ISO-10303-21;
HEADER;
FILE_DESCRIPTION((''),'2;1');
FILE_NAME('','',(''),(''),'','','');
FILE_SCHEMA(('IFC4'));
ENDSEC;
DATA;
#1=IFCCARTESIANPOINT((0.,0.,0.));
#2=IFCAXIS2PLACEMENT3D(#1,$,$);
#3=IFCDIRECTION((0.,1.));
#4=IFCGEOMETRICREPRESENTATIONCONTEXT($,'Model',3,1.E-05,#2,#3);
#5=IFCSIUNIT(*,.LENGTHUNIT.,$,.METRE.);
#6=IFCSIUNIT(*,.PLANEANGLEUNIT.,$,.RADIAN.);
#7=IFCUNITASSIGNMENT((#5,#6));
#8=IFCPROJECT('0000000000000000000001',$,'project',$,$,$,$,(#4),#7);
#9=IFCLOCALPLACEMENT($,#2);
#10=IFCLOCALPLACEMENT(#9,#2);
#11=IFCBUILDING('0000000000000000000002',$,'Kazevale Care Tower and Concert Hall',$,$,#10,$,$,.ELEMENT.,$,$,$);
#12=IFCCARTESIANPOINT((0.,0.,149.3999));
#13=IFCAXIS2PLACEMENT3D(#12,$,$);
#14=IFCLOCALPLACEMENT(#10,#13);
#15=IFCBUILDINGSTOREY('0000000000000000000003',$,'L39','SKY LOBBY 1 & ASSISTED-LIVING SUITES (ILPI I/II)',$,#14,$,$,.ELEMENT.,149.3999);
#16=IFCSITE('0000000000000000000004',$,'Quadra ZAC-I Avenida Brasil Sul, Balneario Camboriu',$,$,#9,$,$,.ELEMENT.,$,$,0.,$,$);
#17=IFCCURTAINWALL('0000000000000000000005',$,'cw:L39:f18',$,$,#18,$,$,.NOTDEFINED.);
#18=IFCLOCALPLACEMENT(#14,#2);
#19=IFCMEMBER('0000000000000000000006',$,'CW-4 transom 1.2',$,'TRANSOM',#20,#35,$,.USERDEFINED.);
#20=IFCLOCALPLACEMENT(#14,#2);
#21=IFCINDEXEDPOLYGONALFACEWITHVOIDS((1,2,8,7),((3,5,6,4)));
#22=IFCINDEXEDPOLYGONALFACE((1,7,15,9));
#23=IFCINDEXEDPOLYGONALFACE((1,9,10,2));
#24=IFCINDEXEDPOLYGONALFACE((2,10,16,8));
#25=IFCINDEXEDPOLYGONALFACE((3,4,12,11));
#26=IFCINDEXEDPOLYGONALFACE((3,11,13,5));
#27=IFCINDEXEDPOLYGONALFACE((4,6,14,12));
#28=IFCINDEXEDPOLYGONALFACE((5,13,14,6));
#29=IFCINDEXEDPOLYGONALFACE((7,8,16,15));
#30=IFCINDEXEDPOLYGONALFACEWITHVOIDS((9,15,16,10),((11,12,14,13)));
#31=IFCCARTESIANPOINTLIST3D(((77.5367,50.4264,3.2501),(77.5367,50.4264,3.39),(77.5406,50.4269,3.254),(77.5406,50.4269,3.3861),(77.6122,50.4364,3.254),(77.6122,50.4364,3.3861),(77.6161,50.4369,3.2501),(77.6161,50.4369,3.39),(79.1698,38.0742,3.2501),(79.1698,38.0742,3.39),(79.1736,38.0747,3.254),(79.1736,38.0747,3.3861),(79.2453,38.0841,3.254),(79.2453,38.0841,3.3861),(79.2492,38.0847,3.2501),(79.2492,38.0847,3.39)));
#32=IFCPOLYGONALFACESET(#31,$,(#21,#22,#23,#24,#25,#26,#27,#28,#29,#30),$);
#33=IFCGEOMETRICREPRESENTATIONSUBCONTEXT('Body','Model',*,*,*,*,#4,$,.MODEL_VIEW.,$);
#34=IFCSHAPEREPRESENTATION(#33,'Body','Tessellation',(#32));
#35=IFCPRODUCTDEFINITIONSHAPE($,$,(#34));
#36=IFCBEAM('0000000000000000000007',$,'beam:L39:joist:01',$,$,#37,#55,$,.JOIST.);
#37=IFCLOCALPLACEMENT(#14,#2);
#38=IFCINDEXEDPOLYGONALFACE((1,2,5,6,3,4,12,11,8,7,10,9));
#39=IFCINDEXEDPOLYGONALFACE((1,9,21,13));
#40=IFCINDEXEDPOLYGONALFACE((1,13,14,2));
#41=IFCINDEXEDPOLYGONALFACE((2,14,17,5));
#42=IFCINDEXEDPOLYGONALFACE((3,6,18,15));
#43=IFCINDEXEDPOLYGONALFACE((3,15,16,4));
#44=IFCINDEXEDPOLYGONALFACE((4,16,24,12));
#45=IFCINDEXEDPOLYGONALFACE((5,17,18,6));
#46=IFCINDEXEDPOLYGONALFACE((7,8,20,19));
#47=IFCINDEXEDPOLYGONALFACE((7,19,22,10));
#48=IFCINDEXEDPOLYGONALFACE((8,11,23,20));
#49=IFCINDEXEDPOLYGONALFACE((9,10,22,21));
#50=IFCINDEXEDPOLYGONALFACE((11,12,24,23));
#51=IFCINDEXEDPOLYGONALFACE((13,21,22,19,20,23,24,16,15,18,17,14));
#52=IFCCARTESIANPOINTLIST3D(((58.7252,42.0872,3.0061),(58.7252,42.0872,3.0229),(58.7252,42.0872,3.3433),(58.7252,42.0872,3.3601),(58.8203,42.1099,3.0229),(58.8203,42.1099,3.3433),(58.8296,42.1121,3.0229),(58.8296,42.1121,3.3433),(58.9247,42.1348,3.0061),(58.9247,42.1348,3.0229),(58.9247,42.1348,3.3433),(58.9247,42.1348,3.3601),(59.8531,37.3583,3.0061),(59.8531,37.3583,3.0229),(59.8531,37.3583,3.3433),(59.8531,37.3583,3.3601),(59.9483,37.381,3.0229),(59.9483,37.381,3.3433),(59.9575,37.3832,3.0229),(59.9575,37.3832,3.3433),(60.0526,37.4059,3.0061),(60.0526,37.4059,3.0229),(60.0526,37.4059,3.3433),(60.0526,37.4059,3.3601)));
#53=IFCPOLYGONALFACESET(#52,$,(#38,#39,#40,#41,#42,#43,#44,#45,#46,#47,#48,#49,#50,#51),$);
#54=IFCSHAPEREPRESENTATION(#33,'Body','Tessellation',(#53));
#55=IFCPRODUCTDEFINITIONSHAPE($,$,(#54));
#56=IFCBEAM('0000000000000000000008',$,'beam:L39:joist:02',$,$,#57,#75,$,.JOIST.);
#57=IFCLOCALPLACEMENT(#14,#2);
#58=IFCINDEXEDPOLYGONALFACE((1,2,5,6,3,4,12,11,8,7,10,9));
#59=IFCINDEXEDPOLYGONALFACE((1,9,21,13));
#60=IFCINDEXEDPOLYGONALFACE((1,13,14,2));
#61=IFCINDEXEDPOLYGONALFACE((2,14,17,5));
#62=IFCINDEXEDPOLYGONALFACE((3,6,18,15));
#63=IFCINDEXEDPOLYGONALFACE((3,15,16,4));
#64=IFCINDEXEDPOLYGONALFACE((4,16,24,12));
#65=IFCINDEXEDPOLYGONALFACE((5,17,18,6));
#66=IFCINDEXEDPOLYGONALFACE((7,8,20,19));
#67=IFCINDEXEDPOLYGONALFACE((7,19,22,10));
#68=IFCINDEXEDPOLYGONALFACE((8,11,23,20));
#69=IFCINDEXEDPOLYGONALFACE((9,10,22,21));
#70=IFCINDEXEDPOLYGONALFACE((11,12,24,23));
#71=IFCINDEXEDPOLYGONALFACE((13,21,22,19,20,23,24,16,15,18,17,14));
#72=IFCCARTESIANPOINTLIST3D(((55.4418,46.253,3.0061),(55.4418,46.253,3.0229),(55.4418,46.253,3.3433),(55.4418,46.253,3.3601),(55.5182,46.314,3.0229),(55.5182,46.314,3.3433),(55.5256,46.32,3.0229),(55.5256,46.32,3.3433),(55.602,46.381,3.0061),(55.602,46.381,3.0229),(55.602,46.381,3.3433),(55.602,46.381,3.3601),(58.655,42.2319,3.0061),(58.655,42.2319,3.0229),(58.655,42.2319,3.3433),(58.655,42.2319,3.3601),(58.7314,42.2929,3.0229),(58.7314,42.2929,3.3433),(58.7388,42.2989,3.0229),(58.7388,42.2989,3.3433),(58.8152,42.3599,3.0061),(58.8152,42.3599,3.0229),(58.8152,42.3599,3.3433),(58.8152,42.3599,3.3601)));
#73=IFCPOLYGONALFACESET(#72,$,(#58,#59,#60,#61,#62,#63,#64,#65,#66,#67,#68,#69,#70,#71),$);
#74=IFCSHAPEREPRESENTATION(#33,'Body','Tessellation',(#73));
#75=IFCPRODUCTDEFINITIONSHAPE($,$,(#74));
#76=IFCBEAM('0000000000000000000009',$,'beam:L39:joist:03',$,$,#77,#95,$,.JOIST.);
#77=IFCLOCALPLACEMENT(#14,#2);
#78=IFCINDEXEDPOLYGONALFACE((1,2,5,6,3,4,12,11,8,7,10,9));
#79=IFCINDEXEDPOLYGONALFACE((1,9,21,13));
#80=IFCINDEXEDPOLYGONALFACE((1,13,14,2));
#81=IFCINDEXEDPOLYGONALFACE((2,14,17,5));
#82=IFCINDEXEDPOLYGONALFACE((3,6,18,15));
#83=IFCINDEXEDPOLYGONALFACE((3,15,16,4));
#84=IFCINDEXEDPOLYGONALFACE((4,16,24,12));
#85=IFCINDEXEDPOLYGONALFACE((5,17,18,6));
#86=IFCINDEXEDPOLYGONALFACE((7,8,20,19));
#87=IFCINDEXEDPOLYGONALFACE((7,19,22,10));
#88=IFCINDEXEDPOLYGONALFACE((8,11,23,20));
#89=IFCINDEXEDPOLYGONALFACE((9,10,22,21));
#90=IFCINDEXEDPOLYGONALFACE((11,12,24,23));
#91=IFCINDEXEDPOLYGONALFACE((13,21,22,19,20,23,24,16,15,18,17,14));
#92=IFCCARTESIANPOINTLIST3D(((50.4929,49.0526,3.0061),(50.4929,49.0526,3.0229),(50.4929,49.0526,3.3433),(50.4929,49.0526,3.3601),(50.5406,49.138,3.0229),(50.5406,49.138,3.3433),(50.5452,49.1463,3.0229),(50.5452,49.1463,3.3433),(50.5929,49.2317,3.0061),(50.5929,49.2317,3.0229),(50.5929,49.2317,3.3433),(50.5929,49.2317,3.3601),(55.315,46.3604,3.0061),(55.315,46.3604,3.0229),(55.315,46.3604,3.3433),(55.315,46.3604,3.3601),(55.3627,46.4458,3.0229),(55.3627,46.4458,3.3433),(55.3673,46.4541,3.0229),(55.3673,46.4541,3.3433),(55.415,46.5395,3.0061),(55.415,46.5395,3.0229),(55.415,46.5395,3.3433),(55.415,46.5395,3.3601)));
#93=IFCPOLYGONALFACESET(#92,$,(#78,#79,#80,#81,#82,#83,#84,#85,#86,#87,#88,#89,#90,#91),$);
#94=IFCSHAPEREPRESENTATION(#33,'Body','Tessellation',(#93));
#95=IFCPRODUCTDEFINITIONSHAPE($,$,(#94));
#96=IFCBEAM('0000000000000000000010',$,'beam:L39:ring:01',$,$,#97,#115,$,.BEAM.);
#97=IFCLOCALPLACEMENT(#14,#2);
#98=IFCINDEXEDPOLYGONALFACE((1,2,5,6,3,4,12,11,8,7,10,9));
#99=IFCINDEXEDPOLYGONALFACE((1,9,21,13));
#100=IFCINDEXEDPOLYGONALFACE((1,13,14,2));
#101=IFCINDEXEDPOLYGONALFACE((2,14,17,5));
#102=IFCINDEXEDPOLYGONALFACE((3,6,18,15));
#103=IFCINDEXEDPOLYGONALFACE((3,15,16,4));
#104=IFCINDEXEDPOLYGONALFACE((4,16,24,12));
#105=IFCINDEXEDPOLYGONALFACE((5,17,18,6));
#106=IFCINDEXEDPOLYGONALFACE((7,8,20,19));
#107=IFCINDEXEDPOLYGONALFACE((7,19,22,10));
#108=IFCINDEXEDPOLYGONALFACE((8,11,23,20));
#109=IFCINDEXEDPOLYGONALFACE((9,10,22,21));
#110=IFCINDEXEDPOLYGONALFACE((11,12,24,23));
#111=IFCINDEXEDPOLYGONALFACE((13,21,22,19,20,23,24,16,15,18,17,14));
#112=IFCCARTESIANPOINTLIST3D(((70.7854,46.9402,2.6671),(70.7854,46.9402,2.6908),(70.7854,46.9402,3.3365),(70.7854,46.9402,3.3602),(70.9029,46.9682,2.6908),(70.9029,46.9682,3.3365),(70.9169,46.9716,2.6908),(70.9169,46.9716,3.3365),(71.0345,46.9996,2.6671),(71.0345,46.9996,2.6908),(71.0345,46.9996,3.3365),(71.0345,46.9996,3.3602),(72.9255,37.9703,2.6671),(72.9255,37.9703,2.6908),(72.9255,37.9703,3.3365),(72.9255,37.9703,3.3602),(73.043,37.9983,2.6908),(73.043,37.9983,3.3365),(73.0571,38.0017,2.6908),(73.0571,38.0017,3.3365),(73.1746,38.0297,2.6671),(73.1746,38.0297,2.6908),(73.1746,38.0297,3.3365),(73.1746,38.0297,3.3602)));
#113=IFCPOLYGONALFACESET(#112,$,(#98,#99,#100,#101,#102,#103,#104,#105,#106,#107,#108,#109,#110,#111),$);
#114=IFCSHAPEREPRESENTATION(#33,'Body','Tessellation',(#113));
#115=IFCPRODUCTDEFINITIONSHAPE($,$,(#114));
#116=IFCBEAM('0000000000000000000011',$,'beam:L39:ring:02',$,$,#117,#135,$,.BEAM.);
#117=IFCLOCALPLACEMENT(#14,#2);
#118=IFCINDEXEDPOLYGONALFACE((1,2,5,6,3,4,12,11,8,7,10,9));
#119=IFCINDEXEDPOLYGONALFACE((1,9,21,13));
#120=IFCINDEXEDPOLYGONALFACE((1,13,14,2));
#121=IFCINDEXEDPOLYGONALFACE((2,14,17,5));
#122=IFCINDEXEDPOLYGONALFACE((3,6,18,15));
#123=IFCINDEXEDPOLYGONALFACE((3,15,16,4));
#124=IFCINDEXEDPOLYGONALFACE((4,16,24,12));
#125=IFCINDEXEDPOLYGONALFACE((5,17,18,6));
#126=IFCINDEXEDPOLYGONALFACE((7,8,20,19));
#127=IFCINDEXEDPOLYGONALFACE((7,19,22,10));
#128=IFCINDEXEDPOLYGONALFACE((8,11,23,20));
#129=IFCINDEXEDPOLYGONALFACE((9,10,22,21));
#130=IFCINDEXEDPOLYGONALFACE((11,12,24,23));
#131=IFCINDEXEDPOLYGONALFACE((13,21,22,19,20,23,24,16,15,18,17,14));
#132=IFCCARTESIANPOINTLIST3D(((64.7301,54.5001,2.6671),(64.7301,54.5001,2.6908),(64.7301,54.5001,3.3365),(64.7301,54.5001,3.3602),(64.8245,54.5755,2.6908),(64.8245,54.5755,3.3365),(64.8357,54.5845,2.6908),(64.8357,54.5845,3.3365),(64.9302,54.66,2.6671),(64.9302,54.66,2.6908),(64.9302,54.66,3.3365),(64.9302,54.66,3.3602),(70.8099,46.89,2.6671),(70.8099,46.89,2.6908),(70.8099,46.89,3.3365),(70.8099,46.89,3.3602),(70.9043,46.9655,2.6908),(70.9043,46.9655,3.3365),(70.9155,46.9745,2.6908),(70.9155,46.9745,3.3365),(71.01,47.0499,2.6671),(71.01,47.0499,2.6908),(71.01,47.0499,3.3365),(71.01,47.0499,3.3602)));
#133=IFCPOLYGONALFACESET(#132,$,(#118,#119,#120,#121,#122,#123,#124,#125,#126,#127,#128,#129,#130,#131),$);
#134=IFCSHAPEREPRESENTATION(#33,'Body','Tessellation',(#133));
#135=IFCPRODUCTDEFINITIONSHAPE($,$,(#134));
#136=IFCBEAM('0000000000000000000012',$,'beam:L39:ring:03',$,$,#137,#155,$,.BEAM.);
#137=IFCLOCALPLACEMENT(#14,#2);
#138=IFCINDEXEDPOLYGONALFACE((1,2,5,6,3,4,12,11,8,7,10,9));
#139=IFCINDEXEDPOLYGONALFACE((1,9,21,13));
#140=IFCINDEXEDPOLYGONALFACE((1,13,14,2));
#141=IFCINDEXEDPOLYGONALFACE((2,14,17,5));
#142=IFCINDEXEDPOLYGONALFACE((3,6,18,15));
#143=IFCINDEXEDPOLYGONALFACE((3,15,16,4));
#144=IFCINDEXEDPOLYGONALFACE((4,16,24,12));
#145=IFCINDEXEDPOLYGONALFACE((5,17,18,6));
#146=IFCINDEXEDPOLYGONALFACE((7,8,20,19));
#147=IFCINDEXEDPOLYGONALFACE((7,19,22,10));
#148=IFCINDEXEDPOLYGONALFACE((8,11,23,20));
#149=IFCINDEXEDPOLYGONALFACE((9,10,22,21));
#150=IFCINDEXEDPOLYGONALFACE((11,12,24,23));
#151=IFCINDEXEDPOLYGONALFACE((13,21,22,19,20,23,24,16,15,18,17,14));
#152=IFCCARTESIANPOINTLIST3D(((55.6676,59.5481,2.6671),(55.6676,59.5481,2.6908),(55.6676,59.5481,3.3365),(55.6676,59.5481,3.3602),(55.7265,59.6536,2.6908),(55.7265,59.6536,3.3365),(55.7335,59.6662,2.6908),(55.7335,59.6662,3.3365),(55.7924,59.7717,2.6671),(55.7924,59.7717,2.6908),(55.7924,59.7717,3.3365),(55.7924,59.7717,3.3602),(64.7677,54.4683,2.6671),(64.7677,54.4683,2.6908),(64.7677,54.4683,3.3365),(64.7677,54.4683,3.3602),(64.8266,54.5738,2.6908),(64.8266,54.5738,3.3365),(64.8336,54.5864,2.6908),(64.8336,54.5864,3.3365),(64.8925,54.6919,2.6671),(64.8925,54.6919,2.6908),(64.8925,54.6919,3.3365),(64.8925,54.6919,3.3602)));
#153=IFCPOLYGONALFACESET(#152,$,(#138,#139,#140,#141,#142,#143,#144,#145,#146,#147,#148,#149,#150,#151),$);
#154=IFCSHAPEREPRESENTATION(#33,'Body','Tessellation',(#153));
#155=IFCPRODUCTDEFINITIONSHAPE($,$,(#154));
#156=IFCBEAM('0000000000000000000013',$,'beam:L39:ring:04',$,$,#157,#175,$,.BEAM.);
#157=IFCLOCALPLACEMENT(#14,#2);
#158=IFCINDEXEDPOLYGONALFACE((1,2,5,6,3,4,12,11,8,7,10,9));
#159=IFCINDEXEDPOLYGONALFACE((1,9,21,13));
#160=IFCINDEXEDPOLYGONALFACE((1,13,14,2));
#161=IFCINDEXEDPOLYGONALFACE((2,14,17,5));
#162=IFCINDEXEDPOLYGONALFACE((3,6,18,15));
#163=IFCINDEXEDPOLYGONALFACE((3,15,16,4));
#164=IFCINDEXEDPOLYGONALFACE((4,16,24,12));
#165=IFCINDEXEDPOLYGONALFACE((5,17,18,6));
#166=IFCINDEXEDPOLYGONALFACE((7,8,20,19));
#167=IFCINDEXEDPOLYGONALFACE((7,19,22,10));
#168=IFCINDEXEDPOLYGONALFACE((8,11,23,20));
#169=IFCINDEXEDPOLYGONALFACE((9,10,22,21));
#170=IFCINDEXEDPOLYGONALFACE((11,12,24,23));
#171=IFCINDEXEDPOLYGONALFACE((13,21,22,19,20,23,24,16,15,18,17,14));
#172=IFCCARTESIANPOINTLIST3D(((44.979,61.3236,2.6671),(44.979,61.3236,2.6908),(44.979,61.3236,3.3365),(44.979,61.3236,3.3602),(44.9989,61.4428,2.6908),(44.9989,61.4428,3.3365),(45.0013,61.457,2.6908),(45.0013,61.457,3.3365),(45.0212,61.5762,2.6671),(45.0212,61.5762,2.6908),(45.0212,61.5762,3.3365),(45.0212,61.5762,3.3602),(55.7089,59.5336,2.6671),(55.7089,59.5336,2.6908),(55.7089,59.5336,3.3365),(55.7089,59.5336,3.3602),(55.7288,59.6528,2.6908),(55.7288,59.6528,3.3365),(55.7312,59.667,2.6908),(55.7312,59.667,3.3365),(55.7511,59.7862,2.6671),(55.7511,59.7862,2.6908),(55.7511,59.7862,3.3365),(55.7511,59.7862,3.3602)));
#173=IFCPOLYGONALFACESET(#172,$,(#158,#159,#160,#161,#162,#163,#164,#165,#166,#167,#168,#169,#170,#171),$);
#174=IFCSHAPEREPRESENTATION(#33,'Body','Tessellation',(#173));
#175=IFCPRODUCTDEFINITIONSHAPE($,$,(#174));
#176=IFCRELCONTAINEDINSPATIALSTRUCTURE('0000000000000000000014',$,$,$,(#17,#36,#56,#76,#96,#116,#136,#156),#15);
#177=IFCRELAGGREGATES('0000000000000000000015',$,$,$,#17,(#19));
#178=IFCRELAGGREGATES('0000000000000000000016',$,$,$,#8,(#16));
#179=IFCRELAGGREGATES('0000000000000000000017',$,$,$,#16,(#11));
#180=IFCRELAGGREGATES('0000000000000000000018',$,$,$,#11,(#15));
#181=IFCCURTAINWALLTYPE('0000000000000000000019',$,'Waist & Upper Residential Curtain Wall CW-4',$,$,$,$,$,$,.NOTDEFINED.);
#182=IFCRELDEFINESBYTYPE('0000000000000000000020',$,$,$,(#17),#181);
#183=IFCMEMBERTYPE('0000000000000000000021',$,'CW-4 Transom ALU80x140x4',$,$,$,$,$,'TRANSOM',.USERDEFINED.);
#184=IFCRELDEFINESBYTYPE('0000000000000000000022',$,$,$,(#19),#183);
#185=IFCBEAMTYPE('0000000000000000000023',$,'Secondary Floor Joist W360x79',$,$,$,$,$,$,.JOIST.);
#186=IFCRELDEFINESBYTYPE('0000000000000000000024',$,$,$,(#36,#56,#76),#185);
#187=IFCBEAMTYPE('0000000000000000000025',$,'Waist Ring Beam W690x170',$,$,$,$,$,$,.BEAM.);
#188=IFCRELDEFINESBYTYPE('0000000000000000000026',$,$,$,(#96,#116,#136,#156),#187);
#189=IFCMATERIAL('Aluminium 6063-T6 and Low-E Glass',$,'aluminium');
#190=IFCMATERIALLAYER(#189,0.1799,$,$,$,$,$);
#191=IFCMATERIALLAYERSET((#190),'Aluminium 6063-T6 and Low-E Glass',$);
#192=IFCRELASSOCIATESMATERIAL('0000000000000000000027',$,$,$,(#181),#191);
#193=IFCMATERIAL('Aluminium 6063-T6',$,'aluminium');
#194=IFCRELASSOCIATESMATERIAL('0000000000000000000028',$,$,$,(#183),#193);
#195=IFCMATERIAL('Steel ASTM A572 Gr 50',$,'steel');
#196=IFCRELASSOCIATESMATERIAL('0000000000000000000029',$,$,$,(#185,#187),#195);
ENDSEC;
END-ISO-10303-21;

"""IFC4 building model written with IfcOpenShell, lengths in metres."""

from ifc_helpers import new_model, si_unit, direction, frame, origin, origin_2d, place, context, subcontext, project, spatial, hollow_rectangle, i_section, extrude, material, layer, layer_set, material_profile, profile_set, type_object, element, aggregate, save


model = new_model("IFC4")

# Units and contexts
model_context = context("Model", 3, precision=1e-05, world=origin(), true_north=direction((0.0, 1.0)))
body_context = subcontext(model_context, "Body", "Model", "MODEL_VIEW")
ifc_project = project(units=[si_unit("LENGTHUNIT", "METRE"), si_unit("PLANEANGLEUNIT", "RADIAN")], contexts=[model_context])

# Site, building, storey
site_placement = place(None, origin())
site = spatial("IfcSite", under=ifc_project, at=site_placement, Name="Quadra ZAC-I Avenida Brasil Sul, Balneario Camboriu", CompositionType="ELEMENT", RefElevation=0.0)
building_placement = place(site_placement, origin())
building = spatial("IfcBuilding", under=site, at=building_placement, Name="Kazevale Care Tower and Concert Hall", CompositionType="ELEMENT")
storey_placement = place(building_placement, frame((0.0, 0.0, 149.3999)))
storey = spatial("IfcBuildingStorey", under=building, at=storey_placement, Name="L39", Description="SKY LOBBY 1 & ASSISTED-LIVING SUITES (ILPI I/II)", CompositionType="ELEMENT", Elevation=149.3999)

# Shared definitions
ifc_material_1 = material(Name="Aluminium 6063-T6 and Low-E Glass", Category="aluminium")
ifc_material_2 = material(Name="Aluminium 6063-T6", Category="aluminium")
ifc_layer_1 = layer(ifc_material_1, 0.1799)
ifc_layer_set_1 = layer_set([ifc_layer_1], Name="Aluminium 6063-T6 and Low-E Glass")
curtain_wall_type_1 = type_object("IfcCurtainWallType", Name="Waist & Upper Residential Curtain Wall CW-4", PredefinedType="NOTDEFINED", material=ifc_layer_set_1)

# Curtain wall
curtain_wall_1_placement = place(storey_placement, origin())
curtain_wall_1 = element("IfcCurtainWall", 1, at=curtain_wall_1_placement, inside=storey, type_object=curtain_wall_type_1, Name="cw:L39:f18", PredefinedType="NOTDEFINED")

# Member
ifc_material_profile_1 = material_profile(ifc_material_2, hollow_rectangle(XDim=0.0801, YDim=0.1399, WallThickness=0.0039, at=origin_2d()), Name="ALU80x140x4")
ifc_profile_set_1 = profile_set([ifc_material_profile_1], Name="Aluminium 6063-T6")
member_type_1 = type_object("IfcMemberType", Name="CW-4 Transom ALU80x140x4", ElementType="TRANSOM", PredefinedType="USERDEFINED", material=ifc_profile_set_1)
member_1_placement = place(storey_placement, frame((77.5764, 50.4316, 3.3201), z_axis=(0.131066, -0.991374, 0.0), x_axis=(0.991374, 0.131066, 0.0)))
member_1 = element("IfcMember", 2, at=member_1_placement, type_object=member_type_1, Name="CW-4 transom 1.2", ObjectType="TRANSOM", PredefinedType="USERDEFINED", context=body_context, shape_type="SweptSolid", body=[
    extrude(hollow_rectangle(XDim=0.0801, YDim=0.1399, WallThickness=0.0039, at=origin_2d()), origin(), (0.0, 0.0, 1.0), 12.4597),
])

# Beams
ifc_material_3 = material(Name="Steel ASTM A572 Gr 50", Category="steel")
ifc_material_profile_2 = material_profile(ifc_material_3, i_section(OverallWidth=0.2051, OverallDepth=0.354, WebThickness=0.0095, FlangeThickness=0.0168, at=origin_2d()), Name="W360x79")
ifc_profile_set_2 = profile_set([ifc_material_profile_2], Name="Steel ASTM A572 Gr 50")
beam_type_1 = type_object("IfcBeamType", Name="Secondary Floor Joist W360x79", PredefinedType="JOIST", material=ifc_profile_set_2)
beam_1_placement = place(storey_placement, frame((59.9529, 37.3821, 3.1831), z_axis=(-0.232005, 0.972715, 0.0), x_axis=(-0.972715, -0.232005, 0.0)))
element("IfcBeam", 3, at=beam_1_placement, inside=storey, type_object=beam_type_1, Name="beam:L39:joist:01", PredefinedType="JOIST", context=body_context, shape_type="SweptSolid", body=[
    extrude(i_section(OverallWidth=0.2051, OverallDepth=0.354, WebThickness=0.0095, FlangeThickness=0.0168, at=origin_2d()), origin(), (0.0, 0.0, 1.0), 4.8616),
])
beam_2_placement = place(storey_placement, frame((58.7351, 42.2959, 3.1831), z_axis=(-0.624261, 0.781216, 0.0), x_axis=(-0.781216, -0.624261, 0.0)))
element("IfcBeam", 4, at=beam_2_placement, inside=storey, type_object=beam_type_1, Name="beam:L39:joist:02", PredefinedType="JOIST", context=body_context, shape_type="SweptSolid", body=[
    extrude(i_section(OverallWidth=0.2051, OverallDepth=0.354, WebThickness=0.0095, FlangeThickness=0.0168, at=origin_2d()), origin(), (0.0, 0.0, 1.0), 5.1472),
])
beam_3_placement = place(storey_placement, frame((55.365, 46.45, 3.1831), z_axis=(-0.873138, 0.487474, 0.0), x_axis=(-0.487474, -0.873138, 0.0)))
element("IfcBeam", 5, at=beam_3_placement, inside=storey, type_object=beam_type_1, Name="beam:L39:joist:03", PredefinedType="JOIST", context=body_context, shape_type="SweptSolid", body=[
    extrude(i_section(OverallWidth=0.2051, OverallDepth=0.354, WebThickness=0.0095, FlangeThickness=0.0168, at=origin_2d()), origin(), (0.0, 0.0, 1.0), 5.5227),
])
ifc_material_profile_3 = material_profile(ifc_material_3, i_section(OverallWidth=0.2561, OverallDepth=0.6931, WebThickness=0.0144, FlangeThickness=0.0237, at=origin_2d()), Name="W690x170")
ifc_profile_set_3 = profile_set([ifc_material_profile_3], Name="Steel ASTM A572 Gr 50")
beam_type_2 = type_object("IfcBeamType", Name="Waist Ring Beam W690x170", PredefinedType="BEAM", material=ifc_profile_set_3)
beam_4_placement = place(storey_placement, frame((73.05, 38.0, 3.0137), z_axis=(-0.232075, 0.972698, 0.0), x_axis=(-0.972698, -0.232075, 0.0)))
element("IfcBeam", 6, at=beam_4_placement, inside=storey, type_object=beam_type_2, Name="beam:L39:ring:01", PredefinedType="BEAM", context=body_context, shape_type="SweptSolid", body=[
    extrude(i_section(OverallWidth=0.2561, OverallDepth=0.6931, WebThickness=0.0144, FlangeThickness=0.0237, at=origin_2d()), origin(), (0.0, 0.0, 1.0), 9.2217),
])
beam_5_placement = place(storey_placement, frame((70.9099, 46.97, 3.0137), z_axis=(-0.624178, 0.781282, 0.0), x_axis=(-0.781282, -0.624178, 0.0)))
element("IfcBeam", 7, at=beam_5_placement, inside=storey, type_object=beam_type_2, Name="beam:L39:ring:02", PredefinedType="BEAM", context=body_context, shape_type="SweptSolid", body=[
    extrude(i_section(OverallWidth=0.2561, OverallDepth=0.6931, WebThickness=0.0144, FlangeThickness=0.0237, at=origin_2d()), origin(), (0.0, 0.0, 1.0), 9.7405),
])
beam_6_placement = place(storey_placement, frame((64.8301, 54.5801, 3.0137), z_axis=(-0.873169, 0.487418, 0.0), x_axis=(-0.487418, -0.873169, 0.0)))
element("IfcBeam", 8, at=beam_6_placement, inside=storey, type_object=beam_type_2, Name="beam:L39:ring:03", PredefinedType="BEAM", context=body_context, shape_type="SweptSolid", body=[
    extrude(i_section(OverallWidth=0.2561, OverallDepth=0.6931, WebThickness=0.0144, FlangeThickness=0.0237, at=origin_2d()), origin(), (0.0, 0.0, 1.0), 10.4219),
])
beam_7_placement = place(storey_placement, frame((55.73, 59.6599, 3.0137), z_axis=(-0.986368, 0.164552, 0.0), x_axis=(-0.164552, -0.986368, 0.0)))
element("IfcBeam", 9, at=beam_7_placement, inside=storey, type_object=beam_type_2, Name="beam:L39:ring:04", PredefinedType="BEAM", context=body_context, shape_type="SweptSolid", body=[
    extrude(i_section(OverallWidth=0.2561, OverallDepth=0.6931, WebThickness=0.0144, FlangeThickness=0.0237, at=origin_2d()), origin(), (0.0, 0.0, 1.0), 10.8782),
])

aggregate(curtain_wall_1, [member_1])

save(model, "model.ifc")
